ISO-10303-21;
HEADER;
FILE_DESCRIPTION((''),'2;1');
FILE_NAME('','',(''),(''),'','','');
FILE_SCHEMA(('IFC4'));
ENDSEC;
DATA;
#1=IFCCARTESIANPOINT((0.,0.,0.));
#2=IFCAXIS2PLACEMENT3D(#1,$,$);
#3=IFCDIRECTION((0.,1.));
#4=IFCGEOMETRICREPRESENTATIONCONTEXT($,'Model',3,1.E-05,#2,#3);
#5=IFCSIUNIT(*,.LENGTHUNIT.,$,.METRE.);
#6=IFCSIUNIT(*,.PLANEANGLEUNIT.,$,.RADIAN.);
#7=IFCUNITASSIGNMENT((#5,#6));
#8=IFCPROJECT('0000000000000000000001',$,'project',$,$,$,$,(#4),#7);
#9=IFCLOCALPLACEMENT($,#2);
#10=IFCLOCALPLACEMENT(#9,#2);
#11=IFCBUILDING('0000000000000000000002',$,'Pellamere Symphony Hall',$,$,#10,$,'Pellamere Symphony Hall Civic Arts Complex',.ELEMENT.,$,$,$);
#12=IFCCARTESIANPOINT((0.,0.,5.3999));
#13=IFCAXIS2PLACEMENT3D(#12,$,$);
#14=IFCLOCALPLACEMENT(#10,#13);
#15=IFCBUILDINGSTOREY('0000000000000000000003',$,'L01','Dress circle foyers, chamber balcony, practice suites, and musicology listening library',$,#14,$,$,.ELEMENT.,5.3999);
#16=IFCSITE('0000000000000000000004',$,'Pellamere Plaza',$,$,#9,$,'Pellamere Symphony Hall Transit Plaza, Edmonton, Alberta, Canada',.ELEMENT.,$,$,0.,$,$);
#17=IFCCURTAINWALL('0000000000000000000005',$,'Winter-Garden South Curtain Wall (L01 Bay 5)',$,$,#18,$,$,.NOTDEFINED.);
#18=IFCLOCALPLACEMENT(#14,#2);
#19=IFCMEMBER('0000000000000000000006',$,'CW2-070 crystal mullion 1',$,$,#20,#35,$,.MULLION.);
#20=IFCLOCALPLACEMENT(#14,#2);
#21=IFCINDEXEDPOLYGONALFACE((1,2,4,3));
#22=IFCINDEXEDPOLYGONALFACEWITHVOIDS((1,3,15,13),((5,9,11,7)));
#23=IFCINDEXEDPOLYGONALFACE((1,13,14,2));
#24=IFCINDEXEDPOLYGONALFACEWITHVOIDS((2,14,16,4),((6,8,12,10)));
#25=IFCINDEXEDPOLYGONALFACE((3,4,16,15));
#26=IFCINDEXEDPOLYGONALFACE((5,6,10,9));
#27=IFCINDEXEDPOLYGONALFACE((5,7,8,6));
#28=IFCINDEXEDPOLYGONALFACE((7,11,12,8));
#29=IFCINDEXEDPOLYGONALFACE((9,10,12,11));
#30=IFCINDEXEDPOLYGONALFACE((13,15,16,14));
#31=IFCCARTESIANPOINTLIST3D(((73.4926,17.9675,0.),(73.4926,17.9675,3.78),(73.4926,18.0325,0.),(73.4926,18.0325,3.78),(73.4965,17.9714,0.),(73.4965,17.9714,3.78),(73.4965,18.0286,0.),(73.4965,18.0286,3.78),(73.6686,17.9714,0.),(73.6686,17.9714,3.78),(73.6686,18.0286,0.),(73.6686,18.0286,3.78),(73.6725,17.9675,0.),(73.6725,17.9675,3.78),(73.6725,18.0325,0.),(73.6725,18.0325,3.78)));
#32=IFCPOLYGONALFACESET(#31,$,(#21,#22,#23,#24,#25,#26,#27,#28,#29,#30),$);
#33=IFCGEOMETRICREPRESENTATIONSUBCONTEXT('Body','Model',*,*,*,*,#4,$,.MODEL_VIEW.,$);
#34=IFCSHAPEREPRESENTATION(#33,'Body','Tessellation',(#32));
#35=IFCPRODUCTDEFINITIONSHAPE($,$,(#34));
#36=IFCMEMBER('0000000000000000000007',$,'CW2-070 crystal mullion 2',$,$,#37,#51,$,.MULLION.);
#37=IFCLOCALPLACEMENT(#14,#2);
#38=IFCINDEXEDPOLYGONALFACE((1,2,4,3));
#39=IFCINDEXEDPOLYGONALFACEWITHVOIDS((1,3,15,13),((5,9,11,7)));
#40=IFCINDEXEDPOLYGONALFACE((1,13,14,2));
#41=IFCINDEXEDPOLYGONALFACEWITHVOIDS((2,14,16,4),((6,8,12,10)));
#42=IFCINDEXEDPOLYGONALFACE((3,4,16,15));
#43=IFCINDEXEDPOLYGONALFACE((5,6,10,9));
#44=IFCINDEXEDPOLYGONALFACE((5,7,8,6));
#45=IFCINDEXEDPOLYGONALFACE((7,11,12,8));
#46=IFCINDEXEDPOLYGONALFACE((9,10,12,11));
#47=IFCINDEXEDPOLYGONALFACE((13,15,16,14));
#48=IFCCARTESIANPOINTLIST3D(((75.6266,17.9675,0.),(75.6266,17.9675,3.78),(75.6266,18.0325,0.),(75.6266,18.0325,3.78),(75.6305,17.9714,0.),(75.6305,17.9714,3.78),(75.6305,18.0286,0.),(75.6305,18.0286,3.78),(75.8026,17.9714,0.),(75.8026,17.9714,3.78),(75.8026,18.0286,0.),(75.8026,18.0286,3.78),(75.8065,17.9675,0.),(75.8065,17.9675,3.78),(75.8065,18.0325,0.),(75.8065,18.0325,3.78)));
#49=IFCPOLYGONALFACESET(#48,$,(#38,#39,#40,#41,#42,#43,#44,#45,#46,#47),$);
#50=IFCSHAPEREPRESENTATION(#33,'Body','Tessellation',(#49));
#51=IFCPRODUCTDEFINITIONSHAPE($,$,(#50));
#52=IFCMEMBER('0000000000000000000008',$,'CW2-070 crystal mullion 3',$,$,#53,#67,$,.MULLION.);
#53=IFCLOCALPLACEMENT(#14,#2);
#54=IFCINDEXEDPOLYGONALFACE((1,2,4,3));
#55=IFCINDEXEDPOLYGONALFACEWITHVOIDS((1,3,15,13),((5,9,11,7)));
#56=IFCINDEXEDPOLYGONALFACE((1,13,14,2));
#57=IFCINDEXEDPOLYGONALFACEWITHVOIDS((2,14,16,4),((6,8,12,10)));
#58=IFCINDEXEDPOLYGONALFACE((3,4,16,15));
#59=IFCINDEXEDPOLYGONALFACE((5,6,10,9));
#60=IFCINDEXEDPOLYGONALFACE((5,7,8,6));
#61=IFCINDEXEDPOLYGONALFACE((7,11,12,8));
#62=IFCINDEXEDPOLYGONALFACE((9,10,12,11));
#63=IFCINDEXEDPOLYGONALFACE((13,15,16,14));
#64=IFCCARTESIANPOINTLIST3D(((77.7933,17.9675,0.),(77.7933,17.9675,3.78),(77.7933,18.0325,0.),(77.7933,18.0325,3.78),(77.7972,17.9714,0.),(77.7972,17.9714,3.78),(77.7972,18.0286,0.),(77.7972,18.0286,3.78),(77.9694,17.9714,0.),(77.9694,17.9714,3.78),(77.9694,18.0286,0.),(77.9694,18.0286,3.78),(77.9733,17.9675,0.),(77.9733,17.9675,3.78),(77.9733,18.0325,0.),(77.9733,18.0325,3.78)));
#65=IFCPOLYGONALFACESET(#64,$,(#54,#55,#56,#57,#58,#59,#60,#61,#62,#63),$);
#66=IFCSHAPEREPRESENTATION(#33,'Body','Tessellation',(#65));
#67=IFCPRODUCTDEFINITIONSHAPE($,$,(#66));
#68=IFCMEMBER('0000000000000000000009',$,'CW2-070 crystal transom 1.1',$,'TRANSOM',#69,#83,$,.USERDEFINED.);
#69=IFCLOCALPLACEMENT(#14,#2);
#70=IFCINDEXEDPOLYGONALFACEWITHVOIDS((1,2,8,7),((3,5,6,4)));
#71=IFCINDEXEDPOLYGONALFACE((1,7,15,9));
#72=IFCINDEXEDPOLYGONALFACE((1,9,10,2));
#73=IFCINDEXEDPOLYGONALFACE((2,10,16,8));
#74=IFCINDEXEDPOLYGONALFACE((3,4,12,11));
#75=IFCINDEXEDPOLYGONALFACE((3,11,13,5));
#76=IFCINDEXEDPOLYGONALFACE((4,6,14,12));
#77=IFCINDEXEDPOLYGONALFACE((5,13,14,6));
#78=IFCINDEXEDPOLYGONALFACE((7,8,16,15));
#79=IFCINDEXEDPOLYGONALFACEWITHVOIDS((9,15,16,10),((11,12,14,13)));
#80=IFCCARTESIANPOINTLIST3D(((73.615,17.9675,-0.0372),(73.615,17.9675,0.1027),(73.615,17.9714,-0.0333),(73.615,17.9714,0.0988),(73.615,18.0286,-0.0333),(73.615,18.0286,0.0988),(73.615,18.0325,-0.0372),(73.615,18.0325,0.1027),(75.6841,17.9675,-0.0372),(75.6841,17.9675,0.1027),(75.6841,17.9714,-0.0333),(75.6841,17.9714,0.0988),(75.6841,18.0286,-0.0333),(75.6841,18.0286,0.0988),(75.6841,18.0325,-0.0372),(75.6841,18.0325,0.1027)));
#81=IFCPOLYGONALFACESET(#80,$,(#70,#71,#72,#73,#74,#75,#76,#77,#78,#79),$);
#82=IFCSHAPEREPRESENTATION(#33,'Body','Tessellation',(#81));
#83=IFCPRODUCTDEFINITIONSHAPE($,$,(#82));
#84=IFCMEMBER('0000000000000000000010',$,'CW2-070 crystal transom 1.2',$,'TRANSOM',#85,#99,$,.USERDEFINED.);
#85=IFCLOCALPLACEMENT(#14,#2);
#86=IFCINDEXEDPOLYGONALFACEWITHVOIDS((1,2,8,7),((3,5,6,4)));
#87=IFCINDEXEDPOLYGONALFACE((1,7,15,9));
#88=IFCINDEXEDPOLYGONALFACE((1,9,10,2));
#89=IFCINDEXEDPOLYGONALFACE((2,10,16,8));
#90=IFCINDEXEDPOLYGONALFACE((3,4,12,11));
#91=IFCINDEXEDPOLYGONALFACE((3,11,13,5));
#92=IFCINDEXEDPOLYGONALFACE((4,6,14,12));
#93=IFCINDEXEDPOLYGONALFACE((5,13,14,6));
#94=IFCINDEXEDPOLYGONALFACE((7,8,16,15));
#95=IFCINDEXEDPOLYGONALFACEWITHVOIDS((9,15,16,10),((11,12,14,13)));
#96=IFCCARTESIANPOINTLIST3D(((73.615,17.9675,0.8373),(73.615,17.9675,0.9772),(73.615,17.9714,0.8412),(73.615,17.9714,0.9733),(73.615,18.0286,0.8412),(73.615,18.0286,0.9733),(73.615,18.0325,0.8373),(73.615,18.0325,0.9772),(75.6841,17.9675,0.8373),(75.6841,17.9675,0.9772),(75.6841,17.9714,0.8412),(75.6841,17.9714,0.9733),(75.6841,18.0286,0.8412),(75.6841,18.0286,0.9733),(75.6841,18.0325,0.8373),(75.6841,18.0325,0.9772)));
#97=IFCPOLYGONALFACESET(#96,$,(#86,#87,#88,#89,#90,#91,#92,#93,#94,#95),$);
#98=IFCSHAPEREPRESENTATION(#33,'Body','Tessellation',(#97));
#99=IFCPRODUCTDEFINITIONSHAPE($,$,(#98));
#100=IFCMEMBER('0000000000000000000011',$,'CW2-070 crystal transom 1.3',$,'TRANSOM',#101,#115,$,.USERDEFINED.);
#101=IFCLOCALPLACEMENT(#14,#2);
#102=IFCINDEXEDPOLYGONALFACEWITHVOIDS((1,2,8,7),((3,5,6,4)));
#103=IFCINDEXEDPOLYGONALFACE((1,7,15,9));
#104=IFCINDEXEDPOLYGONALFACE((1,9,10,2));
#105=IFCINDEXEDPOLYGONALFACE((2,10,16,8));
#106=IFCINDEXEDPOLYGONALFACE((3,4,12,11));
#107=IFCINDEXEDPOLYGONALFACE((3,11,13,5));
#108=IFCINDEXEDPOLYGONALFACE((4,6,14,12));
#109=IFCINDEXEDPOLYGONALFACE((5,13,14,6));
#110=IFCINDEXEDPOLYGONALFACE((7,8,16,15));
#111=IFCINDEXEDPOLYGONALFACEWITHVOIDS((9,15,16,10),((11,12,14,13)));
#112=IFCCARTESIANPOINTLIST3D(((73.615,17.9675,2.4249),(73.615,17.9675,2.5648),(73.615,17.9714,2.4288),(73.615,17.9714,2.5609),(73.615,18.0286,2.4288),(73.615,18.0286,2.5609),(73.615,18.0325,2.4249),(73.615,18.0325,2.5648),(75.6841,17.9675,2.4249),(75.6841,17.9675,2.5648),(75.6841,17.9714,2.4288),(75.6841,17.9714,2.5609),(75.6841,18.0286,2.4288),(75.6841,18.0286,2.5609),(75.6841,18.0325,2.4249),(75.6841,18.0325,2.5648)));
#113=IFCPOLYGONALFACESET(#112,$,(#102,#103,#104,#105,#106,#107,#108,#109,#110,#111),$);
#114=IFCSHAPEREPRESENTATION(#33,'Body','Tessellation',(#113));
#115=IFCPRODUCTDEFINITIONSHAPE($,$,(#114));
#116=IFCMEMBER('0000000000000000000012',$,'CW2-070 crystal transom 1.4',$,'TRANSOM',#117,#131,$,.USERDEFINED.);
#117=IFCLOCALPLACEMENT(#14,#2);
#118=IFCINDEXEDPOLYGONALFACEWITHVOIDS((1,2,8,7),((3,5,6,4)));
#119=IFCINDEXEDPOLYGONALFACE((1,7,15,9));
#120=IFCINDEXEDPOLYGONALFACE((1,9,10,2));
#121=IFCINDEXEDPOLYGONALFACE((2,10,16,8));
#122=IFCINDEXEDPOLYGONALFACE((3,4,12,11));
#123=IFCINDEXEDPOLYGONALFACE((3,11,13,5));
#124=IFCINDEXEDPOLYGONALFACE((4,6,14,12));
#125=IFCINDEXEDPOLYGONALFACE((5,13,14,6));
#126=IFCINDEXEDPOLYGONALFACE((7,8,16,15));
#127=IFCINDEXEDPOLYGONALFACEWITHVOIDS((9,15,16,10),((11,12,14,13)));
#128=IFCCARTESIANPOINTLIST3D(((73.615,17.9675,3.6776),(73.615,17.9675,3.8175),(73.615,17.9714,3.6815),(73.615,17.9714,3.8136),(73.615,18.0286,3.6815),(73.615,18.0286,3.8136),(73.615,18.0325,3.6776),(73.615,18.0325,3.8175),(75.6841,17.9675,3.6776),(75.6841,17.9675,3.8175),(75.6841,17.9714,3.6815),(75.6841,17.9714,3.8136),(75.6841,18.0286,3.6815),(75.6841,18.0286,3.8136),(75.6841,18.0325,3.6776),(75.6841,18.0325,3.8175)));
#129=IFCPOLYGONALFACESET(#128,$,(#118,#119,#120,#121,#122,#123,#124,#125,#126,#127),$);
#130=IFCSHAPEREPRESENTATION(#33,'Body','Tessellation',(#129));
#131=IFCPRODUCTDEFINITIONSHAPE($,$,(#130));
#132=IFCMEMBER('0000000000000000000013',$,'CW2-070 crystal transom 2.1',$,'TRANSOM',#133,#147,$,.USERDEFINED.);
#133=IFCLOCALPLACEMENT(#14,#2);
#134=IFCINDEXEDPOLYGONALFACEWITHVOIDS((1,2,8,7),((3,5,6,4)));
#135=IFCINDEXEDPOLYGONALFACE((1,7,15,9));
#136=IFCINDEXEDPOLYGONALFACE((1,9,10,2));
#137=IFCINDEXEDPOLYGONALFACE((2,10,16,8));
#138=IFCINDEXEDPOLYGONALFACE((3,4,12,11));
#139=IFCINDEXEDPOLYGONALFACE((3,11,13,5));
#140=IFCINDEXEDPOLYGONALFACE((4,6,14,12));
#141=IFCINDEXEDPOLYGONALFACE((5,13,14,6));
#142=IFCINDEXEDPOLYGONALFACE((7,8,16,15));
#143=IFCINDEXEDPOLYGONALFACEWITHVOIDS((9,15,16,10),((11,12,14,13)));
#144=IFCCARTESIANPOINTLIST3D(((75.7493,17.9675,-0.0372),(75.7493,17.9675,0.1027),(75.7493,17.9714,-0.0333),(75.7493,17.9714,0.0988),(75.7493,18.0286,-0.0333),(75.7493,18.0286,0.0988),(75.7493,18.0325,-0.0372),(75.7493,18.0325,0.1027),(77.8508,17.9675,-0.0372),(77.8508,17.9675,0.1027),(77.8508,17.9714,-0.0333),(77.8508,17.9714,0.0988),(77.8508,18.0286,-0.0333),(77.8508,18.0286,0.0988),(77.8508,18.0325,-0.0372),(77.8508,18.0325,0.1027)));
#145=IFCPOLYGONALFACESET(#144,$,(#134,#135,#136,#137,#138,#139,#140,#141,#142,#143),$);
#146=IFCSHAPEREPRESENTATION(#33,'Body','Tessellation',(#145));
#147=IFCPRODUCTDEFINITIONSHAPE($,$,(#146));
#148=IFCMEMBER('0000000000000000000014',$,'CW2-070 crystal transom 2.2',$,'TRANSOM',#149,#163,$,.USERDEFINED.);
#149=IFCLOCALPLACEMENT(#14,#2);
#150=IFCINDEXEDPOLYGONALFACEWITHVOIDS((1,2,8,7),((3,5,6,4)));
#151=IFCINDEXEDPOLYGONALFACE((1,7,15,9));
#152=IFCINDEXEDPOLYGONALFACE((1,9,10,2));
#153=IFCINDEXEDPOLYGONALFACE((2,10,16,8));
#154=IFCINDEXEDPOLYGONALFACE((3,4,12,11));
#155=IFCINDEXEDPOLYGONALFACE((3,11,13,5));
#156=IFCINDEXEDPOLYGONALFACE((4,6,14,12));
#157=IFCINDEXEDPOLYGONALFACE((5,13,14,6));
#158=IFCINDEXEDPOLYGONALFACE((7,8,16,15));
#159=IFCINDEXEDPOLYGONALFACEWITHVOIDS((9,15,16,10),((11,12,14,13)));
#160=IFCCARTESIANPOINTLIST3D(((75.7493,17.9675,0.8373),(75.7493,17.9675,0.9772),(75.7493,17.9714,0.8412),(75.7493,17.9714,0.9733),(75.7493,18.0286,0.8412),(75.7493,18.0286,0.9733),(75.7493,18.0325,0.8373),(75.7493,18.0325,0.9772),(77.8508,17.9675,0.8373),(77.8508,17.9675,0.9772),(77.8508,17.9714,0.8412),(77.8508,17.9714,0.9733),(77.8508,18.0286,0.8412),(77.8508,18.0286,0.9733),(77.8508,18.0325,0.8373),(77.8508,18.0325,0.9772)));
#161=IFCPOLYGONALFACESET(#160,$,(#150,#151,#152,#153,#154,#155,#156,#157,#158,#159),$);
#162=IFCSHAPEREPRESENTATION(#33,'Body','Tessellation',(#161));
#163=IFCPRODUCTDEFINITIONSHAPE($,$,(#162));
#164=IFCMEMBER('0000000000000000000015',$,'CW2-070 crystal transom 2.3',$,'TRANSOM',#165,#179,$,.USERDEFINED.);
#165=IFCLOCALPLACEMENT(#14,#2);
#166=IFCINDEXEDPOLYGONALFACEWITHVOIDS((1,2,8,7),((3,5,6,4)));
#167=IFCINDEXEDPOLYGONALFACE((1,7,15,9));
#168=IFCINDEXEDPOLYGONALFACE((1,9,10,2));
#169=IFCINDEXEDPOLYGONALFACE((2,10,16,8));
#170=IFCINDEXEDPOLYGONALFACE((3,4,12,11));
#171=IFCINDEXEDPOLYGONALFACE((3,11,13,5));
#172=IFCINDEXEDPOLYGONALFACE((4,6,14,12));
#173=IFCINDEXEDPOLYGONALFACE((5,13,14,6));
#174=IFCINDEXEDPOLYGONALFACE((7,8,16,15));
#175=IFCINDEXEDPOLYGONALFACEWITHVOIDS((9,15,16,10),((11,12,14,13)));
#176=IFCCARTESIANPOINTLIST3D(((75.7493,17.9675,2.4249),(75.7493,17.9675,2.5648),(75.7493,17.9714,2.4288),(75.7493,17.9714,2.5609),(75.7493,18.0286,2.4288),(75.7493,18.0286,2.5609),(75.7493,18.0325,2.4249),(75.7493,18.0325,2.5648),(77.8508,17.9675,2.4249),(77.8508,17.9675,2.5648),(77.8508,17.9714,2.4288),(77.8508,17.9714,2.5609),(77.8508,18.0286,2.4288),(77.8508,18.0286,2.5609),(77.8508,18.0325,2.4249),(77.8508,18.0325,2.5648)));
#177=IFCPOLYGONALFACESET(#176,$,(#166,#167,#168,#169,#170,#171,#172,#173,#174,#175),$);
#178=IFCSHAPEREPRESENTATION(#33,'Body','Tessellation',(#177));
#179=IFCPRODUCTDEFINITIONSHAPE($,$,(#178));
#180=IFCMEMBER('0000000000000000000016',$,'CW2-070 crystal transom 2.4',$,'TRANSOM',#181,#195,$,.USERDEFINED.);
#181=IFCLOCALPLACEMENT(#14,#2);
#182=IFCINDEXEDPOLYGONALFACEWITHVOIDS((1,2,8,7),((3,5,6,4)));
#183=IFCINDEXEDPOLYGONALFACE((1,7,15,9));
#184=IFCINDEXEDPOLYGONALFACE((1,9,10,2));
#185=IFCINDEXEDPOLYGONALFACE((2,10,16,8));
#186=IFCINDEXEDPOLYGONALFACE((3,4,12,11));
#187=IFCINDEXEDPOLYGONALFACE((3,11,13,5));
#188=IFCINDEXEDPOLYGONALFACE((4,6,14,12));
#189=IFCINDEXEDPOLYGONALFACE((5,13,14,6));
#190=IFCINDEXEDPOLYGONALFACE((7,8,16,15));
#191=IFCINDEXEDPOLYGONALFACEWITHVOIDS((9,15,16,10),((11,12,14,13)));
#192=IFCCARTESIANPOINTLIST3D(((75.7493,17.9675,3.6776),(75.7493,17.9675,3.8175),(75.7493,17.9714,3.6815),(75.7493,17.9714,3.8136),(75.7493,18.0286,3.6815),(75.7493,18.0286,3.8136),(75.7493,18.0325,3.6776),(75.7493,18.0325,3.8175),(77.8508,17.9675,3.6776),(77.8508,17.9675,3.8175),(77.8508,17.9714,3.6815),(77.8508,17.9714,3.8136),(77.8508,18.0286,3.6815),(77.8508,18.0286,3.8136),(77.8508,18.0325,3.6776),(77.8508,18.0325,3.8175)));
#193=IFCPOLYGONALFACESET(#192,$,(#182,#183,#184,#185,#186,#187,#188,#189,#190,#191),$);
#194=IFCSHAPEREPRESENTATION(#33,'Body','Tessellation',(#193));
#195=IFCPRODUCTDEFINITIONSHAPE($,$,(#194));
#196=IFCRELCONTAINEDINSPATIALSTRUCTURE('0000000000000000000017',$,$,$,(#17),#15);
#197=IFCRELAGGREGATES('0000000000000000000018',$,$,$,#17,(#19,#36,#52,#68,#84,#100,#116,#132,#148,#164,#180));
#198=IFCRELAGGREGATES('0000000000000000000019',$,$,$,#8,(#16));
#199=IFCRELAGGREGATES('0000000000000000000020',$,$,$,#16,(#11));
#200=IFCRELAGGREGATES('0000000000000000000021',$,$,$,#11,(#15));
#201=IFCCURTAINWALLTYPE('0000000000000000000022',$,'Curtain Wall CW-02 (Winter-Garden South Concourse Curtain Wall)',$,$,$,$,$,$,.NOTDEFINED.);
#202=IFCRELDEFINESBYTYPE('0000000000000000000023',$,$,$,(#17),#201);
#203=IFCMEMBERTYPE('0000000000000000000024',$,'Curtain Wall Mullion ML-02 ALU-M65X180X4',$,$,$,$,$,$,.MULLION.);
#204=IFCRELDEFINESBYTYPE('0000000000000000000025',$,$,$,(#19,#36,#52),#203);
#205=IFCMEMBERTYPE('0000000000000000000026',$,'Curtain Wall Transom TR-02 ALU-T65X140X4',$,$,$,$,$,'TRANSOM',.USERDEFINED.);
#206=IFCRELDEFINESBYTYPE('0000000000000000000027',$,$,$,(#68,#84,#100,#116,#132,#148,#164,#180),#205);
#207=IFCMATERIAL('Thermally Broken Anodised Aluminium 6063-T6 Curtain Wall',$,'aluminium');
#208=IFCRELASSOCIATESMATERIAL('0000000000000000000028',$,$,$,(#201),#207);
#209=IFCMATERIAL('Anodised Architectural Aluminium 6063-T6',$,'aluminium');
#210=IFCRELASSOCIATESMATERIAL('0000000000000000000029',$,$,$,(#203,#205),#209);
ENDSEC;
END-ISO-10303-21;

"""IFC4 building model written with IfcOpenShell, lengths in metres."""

from ifc_helpers import new_model, si_unit, direction, frame, origin, origin_2d, place, context, subcontext, project, spatial, hollow_rectangle, extrude, material, material_profile, profile_set, type_object, element, aggregate, save


model = new_model("IFC4")

# Units and contexts
model_context = context("Model", 3, precision=1e-05, world=origin(), true_north=direction((0.0, 1.0)))
body_context = subcontext(model_context, "Body", "Model", "MODEL_VIEW")
ifc_project = project(units=[si_unit("LENGTHUNIT", "METRE"), si_unit("PLANEANGLEUNIT", "RADIAN")], contexts=[model_context])

# Site, building, storey
site_placement = place(None, origin())
site = spatial("IfcSite", under=ifc_project, at=site_placement, Name="Pellamere Plaza", LongName="Pellamere Symphony Hall Transit Plaza, Edmonton, Alberta, Canada", CompositionType="ELEMENT", RefElevation=0.0)
building_placement = place(site_placement, origin())
building = spatial("IfcBuilding", under=site, at=building_placement, Name="Pellamere Symphony Hall", LongName="Pellamere Symphony Hall Civic Arts Complex", CompositionType="ELEMENT")
storey_placement = place(building_placement, frame((0.0, 0.0, 5.3999)))
storey = spatial("IfcBuildingStorey", under=building, at=storey_placement, Name="L01", Description="Dress circle foyers, chamber balcony, practice suites, and musicology listening library", CompositionType="ELEMENT", Elevation=5.3999)

# Curtain wall, members
ifc_material_1 = material(Name="Thermally Broken Anodised Aluminium 6063-T6 Curtain Wall", Category="aluminium")
curtain_wall_type = type_object("IfcCurtainWallType", Name="Curtain Wall CW-02 (Winter-Garden South Concourse Curtain Wall)", PredefinedType="NOTDEFINED", material=ifc_material_1)
curtain_wall_placement = place(storey_placement, origin())
curtain_wall = element("IfcCurtainWall", 1, at=curtain_wall_placement, inside=storey, type_object=curtain_wall_type, Name="Winter-Garden South Curtain Wall (L01 Bay 5)", PredefinedType="NOTDEFINED")
ifc_material_2 = material(Name="Anodised Architectural Aluminium 6063-T6", Category="aluminium")
ifc_material_profile_1 = material_profile(ifc_material_2, hollow_rectangle(XDim=0.0649, YDim=0.1799, WallThickness=0.0039, at=origin_2d()), Name="ALU-M65X180X4")
ifc_profile_set_1 = profile_set([ifc_material_profile_1], Name="Anodised Architectural Aluminium 6063-T6")
member_type_1 = type_object("IfcMemberType", Name="Curtain Wall Mullion ML-02 ALU-M65X180X4", PredefinedType="MULLION", material=ifc_profile_set_1)
member_1_placement = place(storey_placement, frame((73.5825, 18.0, 0.0), z_axis=(0.0, 0.0, 1.0), x_axis=(0.0, 1.0, 0.0)))
member_1 = element("IfcMember", 2, at=member_1_placement, type_object=member_type_1, Name="CW2-070 crystal mullion 1", PredefinedType="MULLION", context=body_context, shape_type="SweptSolid", body=[
    extrude(hollow_rectangle(XDim=0.0649, YDim=0.1799, WallThickness=0.0039, at=origin_2d()), origin(), (0.0, 0.0, 1.0), 3.78),
])
member_2_placement = place(storey_placement, frame((75.7166, 18.0, 0.0), z_axis=(0.0, 0.0, 1.0), x_axis=(0.0, 1.0, 0.0)))
member_2 = element("IfcMember", 3, at=member_2_placement, type_object=member_type_1, Name="CW2-070 crystal mullion 2", PredefinedType="MULLION", context=body_context, shape_type="SweptSolid", body=[
    extrude(hollow_rectangle(XDim=0.0649, YDim=0.1799, WallThickness=0.0039, at=origin_2d()), origin(), (0.0, 0.0, 1.0), 3.78),
])
member_3_placement = place(storey_placement, frame((77.8833, 18.0, 0.0), z_axis=(0.0, 0.0, 1.0), x_axis=(0.0, 1.0, 0.0)))
member_3 = element("IfcMember", 4, at=member_3_placement, type_object=member_type_1, Name="CW2-070 crystal mullion 3", PredefinedType="MULLION", context=body_context, shape_type="SweptSolid", body=[
    extrude(hollow_rectangle(XDim=0.0649, YDim=0.1799, WallThickness=0.0039, at=origin_2d()), origin(), (0.0, 0.0, 1.0), 3.78),
])
ifc_material_profile_2 = material_profile(ifc_material_2, hollow_rectangle(XDim=0.0649, YDim=0.1399, WallThickness=0.0039, at=origin_2d()), Name="ALU-T65X140X4")
ifc_profile_set_2 = profile_set([ifc_material_profile_2], Name="Anodised Architectural Aluminium 6063-T6")
member_type_2 = type_object("IfcMemberType", Name="Curtain Wall Transom TR-02 ALU-T65X140X4", ElementType="TRANSOM", PredefinedType="USERDEFINED", material=ifc_profile_set_2)
member_4_placement = place(storey_placement, frame((73.615, 18.0, 0.0327), z_axis=(1.0, 0.0, 0.0), x_axis=(0.0, 1.0, 0.0)))
member_4 = element("IfcMember", 5, at=member_4_placement, type_object=member_type_2, Name="CW2-070 crystal transom 1.1", ObjectType="TRANSOM", PredefinedType="USERDEFINED", context=body_context, shape_type="SweptSolid", body=[
    extrude(hollow_rectangle(XDim=0.0649, YDim=0.1399, WallThickness=0.0039, at=origin_2d()), origin(), (0.0, 0.0, 1.0), 2.0691),
])
member_5_placement = place(storey_placement, frame((73.615, 18.0, 0.9072), z_axis=(1.0, 0.0, 0.0), x_axis=(0.0, 1.0, 0.0)))
member_5 = element("IfcMember", 6, at=member_5_placement, type_object=member_type_2, Name="CW2-070 crystal transom 1.2", ObjectType="TRANSOM", PredefinedType="USERDEFINED", context=body_context, shape_type="SweptSolid", body=[
    extrude(hollow_rectangle(XDim=0.0649, YDim=0.1399, WallThickness=0.0039, at=origin_2d()), origin(), (0.0, 0.0, 1.0), 2.0691),
])
member_6_placement = place(storey_placement, frame((73.615, 18.0, 2.4949), z_axis=(1.0, 0.0, 0.0), x_axis=(0.0, 1.0, 0.0)))
member_6 = element("IfcMember", 7, at=member_6_placement, type_object=member_type_2, Name="CW2-070 crystal transom 1.3", ObjectType="TRANSOM", PredefinedType="USERDEFINED", context=body_context, shape_type="SweptSolid", body=[
    extrude(hollow_rectangle(XDim=0.0649, YDim=0.1399, WallThickness=0.0039, at=origin_2d()), origin(), (0.0, 0.0, 1.0), 2.0691),
])
member_7_placement = place(storey_placement, frame((73.615, 18.0, 3.7476), z_axis=(1.0, 0.0, 0.0), x_axis=(0.0, 1.0, 0.0)))
member_7 = element("IfcMember", 8, at=member_7_placement, type_object=member_type_2, Name="CW2-070 crystal transom 1.4", ObjectType="TRANSOM", PredefinedType="USERDEFINED", context=body_context, shape_type="SweptSolid", body=[
    extrude(hollow_rectangle(XDim=0.0649, YDim=0.1399, WallThickness=0.0039, at=origin_2d()), origin(), (0.0, 0.0, 1.0), 2.0691),
])
member_8_placement = place(storey_placement, frame((75.7493, 18.0, 0.0327), z_axis=(1.0, 0.0, 0.0), x_axis=(0.0, 1.0, 0.0)))
member_8 = element("IfcMember", 9, at=member_8_placement, type_object=member_type_2, Name="CW2-070 crystal transom 2.1", ObjectType="TRANSOM", PredefinedType="USERDEFINED", context=body_context, shape_type="SweptSolid", body=[
    extrude(hollow_rectangle(XDim=0.0649, YDim=0.1399, WallThickness=0.0039, at=origin_2d()), origin(), (0.0, 0.0, 1.0), 2.1016),
])
member_9_placement = place(storey_placement, frame((75.7493, 18.0, 0.9072), z_axis=(1.0, 0.0, 0.0), x_axis=(0.0, 1.0, 0.0)))
member_9 = element("IfcMember", 10, at=member_9_placement, type_object=member_type_2, Name="CW2-070 crystal transom 2.2", ObjectType="TRANSOM", PredefinedType="USERDEFINED", context=body_context, shape_type="SweptSolid", body=[
    extrude(hollow_rectangle(XDim=0.0649, YDim=0.1399, WallThickness=0.0039, at=origin_2d()), origin(), (0.0, 0.0, 1.0), 2.1016),
])
member_10_placement = place(storey_placement, frame((75.7493, 18.0, 2.4949), z_axis=(1.0, 0.0, 0.0), x_axis=(0.0, 1.0, 0.0)))
member_10 = element("IfcMember", 11, at=member_10_placement, type_object=member_type_2, Name="CW2-070 crystal transom 2.3", ObjectType="TRANSOM", PredefinedType="USERDEFINED", context=body_context, shape_type="SweptSolid", body=[
    extrude(hollow_rectangle(XDim=0.0649, YDim=0.1399, WallThickness=0.0039, at=origin_2d()), origin(), (0.0, 0.0, 1.0), 2.1016),
])
member_11_placement = place(storey_placement, frame((75.7493, 18.0, 3.7476), z_axis=(1.0, 0.0, 0.0), x_axis=(0.0, 1.0, 0.0)))
member_11 = element("IfcMember", 12, at=member_11_placement, type_object=member_type_2, Name="CW2-070 crystal transom 2.4", ObjectType="TRANSOM", PredefinedType="USERDEFINED", context=body_context, shape_type="SweptSolid", body=[
    extrude(hollow_rectangle(XDim=0.0649, YDim=0.1399, WallThickness=0.0039, at=origin_2d()), origin(), (0.0, 0.0, 1.0), 2.1016),
])

aggregate(curtain_wall, [member_1, member_2, member_3, member_4, member_5, member_6, member_7, member_8, member_9, member_10, member_11])

save(model, "model.ifc")
